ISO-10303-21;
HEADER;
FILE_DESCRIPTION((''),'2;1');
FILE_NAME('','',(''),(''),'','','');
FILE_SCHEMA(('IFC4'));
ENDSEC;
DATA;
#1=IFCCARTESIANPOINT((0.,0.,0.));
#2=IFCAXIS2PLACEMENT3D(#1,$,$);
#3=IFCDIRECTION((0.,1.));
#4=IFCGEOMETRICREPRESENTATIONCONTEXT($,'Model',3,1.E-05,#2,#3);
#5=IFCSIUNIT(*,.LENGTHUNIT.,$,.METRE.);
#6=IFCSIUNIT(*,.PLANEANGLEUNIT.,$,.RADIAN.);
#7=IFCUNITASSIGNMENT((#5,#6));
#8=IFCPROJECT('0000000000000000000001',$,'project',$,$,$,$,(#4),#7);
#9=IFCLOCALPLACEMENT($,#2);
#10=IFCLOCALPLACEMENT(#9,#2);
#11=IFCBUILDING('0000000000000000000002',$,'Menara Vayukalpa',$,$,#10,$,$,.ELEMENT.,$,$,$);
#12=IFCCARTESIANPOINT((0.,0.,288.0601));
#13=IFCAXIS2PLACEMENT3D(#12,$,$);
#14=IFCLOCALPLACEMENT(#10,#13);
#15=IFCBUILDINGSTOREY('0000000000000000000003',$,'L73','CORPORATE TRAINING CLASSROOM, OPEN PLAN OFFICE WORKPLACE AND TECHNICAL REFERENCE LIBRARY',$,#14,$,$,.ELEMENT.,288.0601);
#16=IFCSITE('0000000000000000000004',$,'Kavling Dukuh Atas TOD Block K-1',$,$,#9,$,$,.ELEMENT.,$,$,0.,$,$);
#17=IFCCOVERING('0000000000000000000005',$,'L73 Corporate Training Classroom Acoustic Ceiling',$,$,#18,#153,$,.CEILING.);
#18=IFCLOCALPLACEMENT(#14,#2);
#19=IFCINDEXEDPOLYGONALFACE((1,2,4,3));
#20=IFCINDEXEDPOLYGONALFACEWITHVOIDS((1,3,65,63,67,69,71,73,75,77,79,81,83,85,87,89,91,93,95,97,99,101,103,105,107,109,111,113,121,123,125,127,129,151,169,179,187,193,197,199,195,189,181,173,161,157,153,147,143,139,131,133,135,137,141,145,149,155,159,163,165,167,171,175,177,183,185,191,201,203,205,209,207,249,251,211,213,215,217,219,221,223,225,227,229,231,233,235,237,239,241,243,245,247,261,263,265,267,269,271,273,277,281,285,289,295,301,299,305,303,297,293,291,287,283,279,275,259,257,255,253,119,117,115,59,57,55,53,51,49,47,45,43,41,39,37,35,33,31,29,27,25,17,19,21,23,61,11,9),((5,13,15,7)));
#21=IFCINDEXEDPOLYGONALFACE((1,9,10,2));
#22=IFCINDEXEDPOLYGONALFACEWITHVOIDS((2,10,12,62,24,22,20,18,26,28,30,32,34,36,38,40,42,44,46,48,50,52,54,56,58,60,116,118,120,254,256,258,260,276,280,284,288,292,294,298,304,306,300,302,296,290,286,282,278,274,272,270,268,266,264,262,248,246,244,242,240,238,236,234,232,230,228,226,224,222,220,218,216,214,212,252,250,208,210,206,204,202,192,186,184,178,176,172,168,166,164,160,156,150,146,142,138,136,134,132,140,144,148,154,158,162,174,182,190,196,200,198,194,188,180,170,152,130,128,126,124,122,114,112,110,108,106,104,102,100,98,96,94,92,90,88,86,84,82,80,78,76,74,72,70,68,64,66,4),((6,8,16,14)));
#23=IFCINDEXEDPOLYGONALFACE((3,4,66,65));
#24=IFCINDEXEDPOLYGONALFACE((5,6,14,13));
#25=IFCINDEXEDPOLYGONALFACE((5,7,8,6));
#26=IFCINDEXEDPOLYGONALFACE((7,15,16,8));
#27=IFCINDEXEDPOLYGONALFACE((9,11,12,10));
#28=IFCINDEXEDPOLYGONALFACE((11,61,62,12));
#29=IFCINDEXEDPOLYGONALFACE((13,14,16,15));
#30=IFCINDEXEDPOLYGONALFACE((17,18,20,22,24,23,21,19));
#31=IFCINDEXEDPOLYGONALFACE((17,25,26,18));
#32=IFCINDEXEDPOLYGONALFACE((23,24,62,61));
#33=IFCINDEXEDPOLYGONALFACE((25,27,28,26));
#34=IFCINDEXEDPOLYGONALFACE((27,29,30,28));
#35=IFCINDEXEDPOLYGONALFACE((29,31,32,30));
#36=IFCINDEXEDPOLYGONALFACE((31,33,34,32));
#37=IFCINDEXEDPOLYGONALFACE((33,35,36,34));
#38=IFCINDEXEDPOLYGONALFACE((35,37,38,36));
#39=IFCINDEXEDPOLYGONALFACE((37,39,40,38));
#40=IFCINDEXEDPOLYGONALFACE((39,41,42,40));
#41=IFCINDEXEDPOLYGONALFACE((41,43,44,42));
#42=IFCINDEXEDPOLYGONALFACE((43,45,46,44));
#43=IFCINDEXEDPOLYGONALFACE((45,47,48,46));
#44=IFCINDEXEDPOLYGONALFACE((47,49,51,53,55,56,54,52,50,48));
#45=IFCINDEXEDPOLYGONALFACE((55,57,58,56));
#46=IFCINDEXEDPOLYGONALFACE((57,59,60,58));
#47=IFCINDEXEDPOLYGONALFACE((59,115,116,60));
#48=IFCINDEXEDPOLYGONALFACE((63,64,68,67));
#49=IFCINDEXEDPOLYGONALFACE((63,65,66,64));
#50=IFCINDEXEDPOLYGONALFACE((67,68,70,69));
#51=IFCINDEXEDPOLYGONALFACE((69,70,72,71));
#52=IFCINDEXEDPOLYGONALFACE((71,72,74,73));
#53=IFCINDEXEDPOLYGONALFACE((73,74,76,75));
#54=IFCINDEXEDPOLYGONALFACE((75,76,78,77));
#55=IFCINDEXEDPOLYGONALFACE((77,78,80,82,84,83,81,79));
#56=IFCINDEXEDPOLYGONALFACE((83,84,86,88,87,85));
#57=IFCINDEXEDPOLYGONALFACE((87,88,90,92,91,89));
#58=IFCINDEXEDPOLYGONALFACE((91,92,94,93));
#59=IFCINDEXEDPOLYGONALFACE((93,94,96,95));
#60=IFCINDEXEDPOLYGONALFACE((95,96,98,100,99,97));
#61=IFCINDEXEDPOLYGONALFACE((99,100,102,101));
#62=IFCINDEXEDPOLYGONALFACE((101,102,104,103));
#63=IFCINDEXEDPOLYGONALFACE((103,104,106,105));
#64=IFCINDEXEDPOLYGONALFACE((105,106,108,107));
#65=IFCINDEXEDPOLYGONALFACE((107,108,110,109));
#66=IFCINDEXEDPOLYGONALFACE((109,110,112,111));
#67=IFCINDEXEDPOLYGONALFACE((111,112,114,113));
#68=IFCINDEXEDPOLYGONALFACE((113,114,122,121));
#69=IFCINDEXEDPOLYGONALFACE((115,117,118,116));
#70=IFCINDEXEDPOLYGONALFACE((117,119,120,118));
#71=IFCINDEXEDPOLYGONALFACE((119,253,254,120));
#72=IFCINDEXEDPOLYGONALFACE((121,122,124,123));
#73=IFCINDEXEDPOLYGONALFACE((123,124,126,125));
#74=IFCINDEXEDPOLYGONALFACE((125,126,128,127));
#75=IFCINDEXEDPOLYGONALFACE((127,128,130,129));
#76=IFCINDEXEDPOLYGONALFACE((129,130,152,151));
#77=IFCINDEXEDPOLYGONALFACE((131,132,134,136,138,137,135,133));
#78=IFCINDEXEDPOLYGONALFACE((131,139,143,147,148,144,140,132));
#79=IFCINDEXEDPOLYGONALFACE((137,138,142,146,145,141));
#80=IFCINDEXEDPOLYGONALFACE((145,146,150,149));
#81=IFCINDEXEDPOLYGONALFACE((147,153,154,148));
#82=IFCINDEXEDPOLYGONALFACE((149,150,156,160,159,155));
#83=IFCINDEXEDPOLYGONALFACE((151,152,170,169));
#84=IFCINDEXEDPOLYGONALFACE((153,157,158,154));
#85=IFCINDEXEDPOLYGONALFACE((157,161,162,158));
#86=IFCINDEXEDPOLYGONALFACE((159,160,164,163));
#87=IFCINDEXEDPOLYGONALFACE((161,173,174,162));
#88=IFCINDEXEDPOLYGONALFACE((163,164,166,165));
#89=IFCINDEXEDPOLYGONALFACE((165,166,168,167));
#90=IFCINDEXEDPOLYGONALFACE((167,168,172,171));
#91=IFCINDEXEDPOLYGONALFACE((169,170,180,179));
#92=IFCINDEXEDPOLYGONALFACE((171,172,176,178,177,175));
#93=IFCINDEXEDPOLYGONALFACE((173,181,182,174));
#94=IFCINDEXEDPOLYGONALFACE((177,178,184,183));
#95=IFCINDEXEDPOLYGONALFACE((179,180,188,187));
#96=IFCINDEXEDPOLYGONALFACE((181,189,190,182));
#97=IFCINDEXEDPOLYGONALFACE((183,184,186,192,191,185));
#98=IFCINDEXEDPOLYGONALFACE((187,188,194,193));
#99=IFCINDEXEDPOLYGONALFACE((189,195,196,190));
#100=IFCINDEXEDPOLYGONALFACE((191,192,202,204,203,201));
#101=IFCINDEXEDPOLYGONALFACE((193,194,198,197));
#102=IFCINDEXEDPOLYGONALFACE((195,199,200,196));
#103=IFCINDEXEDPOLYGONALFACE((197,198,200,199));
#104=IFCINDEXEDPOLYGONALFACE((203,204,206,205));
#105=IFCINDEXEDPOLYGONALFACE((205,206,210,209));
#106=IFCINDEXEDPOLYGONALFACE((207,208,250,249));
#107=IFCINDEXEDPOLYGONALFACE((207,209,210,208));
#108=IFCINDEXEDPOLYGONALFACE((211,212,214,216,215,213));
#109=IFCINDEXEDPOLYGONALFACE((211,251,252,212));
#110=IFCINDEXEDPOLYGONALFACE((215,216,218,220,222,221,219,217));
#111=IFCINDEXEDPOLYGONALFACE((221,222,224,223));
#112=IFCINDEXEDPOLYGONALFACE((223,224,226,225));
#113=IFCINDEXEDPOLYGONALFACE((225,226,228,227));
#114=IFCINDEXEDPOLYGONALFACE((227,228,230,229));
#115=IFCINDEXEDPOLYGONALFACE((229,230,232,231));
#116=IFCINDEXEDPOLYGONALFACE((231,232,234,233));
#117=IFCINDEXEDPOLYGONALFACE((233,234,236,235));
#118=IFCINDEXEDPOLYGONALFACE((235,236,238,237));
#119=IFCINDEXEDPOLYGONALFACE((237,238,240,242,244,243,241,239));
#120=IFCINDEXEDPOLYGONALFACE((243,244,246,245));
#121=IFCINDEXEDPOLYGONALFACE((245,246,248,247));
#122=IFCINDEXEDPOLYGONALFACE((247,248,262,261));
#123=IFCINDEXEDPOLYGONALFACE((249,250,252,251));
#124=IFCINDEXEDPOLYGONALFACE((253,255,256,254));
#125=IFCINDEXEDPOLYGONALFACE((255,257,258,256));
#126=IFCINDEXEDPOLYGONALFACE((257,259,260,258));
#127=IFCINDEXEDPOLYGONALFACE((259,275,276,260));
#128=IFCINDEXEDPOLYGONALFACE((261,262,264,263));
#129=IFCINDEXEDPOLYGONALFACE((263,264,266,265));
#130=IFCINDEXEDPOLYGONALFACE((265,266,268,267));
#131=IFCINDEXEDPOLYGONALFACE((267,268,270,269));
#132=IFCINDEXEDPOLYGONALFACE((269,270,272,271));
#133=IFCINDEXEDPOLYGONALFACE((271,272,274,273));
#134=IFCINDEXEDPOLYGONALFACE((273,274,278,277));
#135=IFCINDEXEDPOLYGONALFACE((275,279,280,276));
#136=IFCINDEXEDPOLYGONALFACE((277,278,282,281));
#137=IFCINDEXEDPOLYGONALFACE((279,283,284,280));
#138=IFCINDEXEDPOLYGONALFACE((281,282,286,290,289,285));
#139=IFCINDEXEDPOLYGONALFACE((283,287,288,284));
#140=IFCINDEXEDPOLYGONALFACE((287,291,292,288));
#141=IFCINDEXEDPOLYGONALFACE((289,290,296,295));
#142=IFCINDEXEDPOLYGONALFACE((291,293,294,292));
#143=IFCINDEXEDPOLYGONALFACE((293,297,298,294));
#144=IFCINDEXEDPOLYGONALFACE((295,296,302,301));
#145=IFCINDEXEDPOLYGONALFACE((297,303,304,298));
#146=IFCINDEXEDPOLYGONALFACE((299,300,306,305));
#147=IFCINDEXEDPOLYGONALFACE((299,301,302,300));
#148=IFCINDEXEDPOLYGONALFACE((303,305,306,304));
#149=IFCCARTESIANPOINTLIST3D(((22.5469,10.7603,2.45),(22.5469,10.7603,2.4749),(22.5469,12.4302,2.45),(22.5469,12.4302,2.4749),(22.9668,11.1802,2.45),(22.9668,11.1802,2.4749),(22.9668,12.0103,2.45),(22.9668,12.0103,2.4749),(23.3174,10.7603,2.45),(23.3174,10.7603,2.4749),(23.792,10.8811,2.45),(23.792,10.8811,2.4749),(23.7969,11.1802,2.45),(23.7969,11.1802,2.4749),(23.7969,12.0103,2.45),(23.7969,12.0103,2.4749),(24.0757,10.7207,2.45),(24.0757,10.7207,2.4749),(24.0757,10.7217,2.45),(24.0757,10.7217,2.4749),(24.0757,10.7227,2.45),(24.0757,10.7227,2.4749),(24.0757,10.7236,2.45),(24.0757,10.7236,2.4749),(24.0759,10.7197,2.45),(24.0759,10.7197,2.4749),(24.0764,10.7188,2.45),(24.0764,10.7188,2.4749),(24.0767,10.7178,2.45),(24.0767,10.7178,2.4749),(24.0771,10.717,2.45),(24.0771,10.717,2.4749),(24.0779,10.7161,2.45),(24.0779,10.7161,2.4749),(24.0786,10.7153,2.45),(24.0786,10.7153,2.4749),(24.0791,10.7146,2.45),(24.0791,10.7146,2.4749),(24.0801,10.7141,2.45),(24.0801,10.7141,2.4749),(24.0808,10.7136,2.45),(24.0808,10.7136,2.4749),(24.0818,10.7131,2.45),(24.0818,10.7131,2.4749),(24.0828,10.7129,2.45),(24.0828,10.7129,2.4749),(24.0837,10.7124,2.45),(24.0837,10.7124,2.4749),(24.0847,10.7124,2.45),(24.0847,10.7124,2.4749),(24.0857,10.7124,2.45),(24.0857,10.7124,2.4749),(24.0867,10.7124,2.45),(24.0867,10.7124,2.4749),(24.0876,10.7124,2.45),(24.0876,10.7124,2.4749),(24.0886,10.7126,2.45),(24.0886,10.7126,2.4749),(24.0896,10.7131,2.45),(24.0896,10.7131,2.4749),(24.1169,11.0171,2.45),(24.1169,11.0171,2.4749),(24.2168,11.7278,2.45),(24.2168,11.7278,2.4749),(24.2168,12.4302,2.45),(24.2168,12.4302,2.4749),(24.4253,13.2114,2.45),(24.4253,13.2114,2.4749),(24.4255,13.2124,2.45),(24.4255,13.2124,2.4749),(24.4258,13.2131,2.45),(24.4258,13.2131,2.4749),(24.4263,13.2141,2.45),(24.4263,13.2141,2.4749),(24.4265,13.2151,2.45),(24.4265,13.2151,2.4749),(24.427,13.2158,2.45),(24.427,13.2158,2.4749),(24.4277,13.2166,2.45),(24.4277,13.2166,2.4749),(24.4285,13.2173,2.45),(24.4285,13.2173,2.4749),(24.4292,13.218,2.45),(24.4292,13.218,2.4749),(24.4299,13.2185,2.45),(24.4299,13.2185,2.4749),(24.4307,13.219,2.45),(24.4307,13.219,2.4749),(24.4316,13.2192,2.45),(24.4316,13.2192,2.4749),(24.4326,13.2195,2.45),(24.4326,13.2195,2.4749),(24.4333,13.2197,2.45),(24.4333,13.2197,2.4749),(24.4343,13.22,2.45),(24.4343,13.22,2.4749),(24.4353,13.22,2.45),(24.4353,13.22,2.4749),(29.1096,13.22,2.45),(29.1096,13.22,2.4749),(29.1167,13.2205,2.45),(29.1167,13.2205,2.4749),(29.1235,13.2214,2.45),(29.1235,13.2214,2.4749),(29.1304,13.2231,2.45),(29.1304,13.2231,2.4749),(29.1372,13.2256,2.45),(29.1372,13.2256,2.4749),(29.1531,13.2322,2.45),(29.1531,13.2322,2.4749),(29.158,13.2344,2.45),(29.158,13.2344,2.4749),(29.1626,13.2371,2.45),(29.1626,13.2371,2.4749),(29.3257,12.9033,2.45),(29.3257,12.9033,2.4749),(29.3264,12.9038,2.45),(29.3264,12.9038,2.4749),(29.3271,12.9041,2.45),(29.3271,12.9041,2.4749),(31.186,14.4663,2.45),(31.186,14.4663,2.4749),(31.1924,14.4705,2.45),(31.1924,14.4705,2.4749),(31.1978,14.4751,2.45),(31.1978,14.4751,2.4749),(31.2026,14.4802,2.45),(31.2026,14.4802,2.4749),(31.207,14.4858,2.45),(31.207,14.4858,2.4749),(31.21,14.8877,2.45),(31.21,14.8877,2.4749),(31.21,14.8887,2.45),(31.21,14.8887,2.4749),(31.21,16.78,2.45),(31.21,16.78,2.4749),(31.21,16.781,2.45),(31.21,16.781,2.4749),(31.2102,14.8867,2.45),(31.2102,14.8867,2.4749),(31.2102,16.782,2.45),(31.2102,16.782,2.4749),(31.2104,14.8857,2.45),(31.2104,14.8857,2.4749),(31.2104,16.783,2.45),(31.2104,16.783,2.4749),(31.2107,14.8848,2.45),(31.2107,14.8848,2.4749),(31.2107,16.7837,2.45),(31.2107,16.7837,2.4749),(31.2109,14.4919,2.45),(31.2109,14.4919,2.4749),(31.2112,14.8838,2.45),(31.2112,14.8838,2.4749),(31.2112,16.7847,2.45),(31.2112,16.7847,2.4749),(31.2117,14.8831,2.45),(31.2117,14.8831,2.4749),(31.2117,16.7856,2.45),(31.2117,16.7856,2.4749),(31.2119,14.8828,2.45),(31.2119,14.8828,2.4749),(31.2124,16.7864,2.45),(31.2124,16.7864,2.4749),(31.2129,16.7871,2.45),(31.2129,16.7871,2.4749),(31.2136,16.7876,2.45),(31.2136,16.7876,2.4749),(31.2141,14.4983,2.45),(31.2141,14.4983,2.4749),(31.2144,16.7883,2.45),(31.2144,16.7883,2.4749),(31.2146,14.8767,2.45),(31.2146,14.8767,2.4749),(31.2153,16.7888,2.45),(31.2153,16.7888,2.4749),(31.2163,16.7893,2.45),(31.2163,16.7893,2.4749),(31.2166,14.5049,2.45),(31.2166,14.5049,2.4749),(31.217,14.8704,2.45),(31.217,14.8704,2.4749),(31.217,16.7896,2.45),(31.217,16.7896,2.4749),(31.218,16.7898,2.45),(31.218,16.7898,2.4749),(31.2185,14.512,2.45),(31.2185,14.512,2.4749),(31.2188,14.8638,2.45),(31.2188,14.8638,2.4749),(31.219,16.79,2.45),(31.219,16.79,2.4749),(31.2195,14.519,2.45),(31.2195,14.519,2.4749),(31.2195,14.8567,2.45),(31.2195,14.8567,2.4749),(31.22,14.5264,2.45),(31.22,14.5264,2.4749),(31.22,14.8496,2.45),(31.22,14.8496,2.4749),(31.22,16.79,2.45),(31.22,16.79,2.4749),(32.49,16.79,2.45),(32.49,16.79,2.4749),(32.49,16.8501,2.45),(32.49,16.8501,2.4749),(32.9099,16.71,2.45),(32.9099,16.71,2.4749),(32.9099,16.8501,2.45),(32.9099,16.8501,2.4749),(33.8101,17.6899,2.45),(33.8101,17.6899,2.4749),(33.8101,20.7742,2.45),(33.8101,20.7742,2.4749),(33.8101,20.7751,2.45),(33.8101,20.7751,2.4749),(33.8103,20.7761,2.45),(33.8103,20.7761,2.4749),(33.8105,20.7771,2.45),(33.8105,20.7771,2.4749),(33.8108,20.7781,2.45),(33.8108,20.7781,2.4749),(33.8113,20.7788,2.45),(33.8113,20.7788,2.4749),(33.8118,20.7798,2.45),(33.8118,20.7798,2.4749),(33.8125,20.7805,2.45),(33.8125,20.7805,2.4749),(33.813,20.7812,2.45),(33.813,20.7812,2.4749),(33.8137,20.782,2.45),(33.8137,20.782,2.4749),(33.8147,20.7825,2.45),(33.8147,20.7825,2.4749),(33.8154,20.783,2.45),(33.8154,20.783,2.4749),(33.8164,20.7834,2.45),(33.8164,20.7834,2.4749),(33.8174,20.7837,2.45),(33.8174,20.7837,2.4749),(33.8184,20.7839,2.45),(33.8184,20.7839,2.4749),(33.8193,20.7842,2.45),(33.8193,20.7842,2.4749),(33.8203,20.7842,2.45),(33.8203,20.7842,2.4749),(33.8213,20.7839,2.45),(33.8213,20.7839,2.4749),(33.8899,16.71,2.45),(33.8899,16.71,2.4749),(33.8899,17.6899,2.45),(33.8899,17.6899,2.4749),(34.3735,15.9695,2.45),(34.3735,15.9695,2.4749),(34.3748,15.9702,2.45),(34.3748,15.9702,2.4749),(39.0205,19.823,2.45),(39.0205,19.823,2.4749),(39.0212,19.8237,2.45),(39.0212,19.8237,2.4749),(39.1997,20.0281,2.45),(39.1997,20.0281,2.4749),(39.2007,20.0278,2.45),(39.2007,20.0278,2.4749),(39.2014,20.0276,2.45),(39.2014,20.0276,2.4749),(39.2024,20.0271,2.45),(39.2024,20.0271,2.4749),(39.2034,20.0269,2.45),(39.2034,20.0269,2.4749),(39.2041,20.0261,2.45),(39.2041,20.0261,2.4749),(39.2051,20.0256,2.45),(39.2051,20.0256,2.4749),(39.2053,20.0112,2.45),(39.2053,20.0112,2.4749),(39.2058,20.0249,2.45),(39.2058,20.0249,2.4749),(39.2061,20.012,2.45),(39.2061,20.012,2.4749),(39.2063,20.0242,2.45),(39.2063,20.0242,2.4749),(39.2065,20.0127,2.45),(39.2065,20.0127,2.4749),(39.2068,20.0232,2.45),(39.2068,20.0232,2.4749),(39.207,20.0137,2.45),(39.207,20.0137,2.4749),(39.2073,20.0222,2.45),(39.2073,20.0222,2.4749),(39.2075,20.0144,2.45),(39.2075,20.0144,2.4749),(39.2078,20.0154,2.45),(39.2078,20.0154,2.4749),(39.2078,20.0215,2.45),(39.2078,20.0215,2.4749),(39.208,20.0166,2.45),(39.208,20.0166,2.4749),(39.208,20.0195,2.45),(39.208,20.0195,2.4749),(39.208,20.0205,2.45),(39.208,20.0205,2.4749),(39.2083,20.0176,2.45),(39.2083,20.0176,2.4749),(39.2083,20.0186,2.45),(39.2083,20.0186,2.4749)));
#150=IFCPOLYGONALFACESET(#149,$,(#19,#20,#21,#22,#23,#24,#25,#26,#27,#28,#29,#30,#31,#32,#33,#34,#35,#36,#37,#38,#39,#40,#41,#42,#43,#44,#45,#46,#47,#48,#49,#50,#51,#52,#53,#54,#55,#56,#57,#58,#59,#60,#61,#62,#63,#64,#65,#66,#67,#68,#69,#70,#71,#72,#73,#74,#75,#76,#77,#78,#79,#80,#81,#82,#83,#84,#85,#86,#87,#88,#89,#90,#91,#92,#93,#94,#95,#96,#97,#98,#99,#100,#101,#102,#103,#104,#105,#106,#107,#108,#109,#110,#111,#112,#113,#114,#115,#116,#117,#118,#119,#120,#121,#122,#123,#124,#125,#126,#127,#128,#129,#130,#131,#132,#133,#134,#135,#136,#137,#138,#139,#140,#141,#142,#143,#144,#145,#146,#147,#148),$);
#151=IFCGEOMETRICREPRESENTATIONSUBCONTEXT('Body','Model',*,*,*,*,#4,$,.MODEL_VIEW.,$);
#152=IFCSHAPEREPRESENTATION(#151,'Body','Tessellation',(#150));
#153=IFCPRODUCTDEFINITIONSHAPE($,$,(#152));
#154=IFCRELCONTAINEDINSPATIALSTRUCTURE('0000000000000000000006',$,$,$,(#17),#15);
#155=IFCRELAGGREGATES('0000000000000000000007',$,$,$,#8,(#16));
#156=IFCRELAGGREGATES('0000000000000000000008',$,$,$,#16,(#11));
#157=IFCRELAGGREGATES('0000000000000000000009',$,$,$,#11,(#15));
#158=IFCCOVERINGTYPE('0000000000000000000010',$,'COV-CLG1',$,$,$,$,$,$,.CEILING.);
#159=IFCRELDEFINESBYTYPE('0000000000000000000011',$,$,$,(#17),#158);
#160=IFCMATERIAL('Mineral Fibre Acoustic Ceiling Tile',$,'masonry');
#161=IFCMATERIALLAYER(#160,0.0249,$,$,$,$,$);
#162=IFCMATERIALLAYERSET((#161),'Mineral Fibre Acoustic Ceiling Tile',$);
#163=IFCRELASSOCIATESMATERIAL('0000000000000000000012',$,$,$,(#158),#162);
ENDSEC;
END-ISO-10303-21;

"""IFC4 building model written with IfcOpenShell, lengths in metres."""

from ifc_helpers import new_model, si_unit, direction, frame, origin, place, context, subcontext, project, spatial, polyline, outline, extrude, material, layer, layer_set, type_object, element, save


model = new_model("IFC4")

# Units and contexts
model_context = context("Model", 3, precision=1e-05, world=origin(), true_north=direction((0.0, 1.0)))
body_context = subcontext(model_context, "Body", "Model", "MODEL_VIEW")
ifc_project = project(units=[si_unit("LENGTHUNIT", "METRE"), si_unit("PLANEANGLEUNIT", "RADIAN")], contexts=[model_context])

# Site, building, storey
site_placement = place(None, origin())
site = spatial("IfcSite", under=ifc_project, at=site_placement, Name="Kavling Dukuh Atas TOD Block K-1", CompositionType="ELEMENT", RefElevation=0.0)
building_placement = place(site_placement, origin())
building = spatial("IfcBuilding", under=site, at=building_placement, Name="Menara Vayukalpa", CompositionType="ELEMENT")
storey_placement = place(building_placement, frame((0.0, 0.0, 288.0601)))
storey = spatial("IfcBuildingStorey", under=building, at=storey_placement, Name="L73", Description="CORPORATE TRAINING CLASSROOM, OPEN PLAN OFFICE WORKPLACE AND TECHNICAL REFERENCE LIBRARY", CompositionType="ELEMENT", Elevation=288.0601)

# Covering
ifc_material_1 = material(Name="Mineral Fibre Acoustic Ceiling Tile", Category="masonry")
ifc_layer_1 = layer(ifc_material_1, 0.0249)
ifc_layer_set_1 = layer_set([ifc_layer_1], Name="Mineral Fibre Acoustic Ceiling Tile")
covering_type_1 = type_object("IfcCoveringType", Name="COV-CLG1", PredefinedType="CEILING", material=ifc_layer_set_1)
covering_1_placement = place(storey_placement, frame((0.0, 0.0, 2.45)))
element("IfcCovering", 1, at=covering_1_placement, inside=storey, type_object=covering_type_1, Name="L73 Corporate Training Classroom Acoustic Ceiling", PredefinedType="CEILING", context=body_context, shape_type="SweptSolid", body=[
    extrude(outline(polyline([(24.2168, 12.4302), (24.2168, 11.7278), (24.4253, 13.2114), (24.4255, 13.2124), (24.4258, 13.2131), (24.4263, 13.2141), (24.4265, 13.2151), (24.427, 13.2158), (24.4277, 13.2166), (24.4285, 13.2173), (24.4292, 13.218), (24.4299, 13.2185), (24.4307, 13.219), (24.4316, 13.2192), (24.4326, 13.2195), (24.4333, 13.2197), (24.4343, 13.22), (24.4353, 13.22), (29.1096, 13.22), (29.1167, 13.2205), (29.1235, 13.2214), (29.1304, 13.2231), (29.1372, 13.2256), (29.1531, 13.2322), (29.158, 13.2344), (29.1626, 13.2371), (31.186, 14.4663), (31.1924, 14.4705), (31.1978, 14.4751), (31.2026, 14.4802), (31.207, 14.4858), (31.2109, 14.4919), (31.2141, 14.4983), (31.2166, 14.5049), (31.2185, 14.512), (31.2195, 14.519), (31.22, 14.5264), (31.22, 14.8496), (31.2195, 14.8567), (31.2188, 14.8638), (31.217, 14.8704), (31.2146, 14.8767), (31.2119, 14.8828), (31.2117, 14.8831), (31.2112, 14.8838), (31.2107, 14.8848), (31.2104, 14.8857), (31.2102, 14.8867), (31.21, 14.8877), (31.21, 14.8887), (31.21, 16.78), (31.21, 16.781), (31.2102, 16.782), (31.2104, 16.783), (31.2107, 16.7837), (31.2112, 16.7847), (31.2117, 16.7856), (31.2124, 16.7864), (31.2129, 16.7871), (31.2136, 16.7876), (31.2144, 16.7883), (31.2153, 16.7888), (31.2163, 16.7893), (31.217, 16.7896), (31.218, 16.7898), (31.219, 16.79), (31.22, 16.79), (32.49, 16.79), (32.49, 16.8501), (32.9099, 16.8501), (32.9099, 16.71), (33.8899, 16.71), (33.8899, 17.6899), (33.8101, 17.6899), (33.8101, 20.7742), (33.8101, 20.7751), (33.8103, 20.7761), (33.8105, 20.7771), (33.8108, 20.7781), (33.8113, 20.7788), (33.8118, 20.7798), (33.8125, 20.7805), (33.813, 20.7812), (33.8137, 20.782), (33.8147, 20.7825), (33.8154, 20.783), (33.8164, 20.7834), (33.8174, 20.7837), (33.8184, 20.7839), (33.8193, 20.7842), (33.8203, 20.7842), (33.8213, 20.7839), (39.1997, 20.0281), (39.2007, 20.0278), (39.2014, 20.0276), (39.2024, 20.0271), (39.2034, 20.0269), (39.2041, 20.0261), (39.2051, 20.0256), (39.2058, 20.0249), (39.2063, 20.0242), (39.2068, 20.0232), (39.2073, 20.0222), (39.2078, 20.0215), (39.208, 20.0205), (39.208, 20.0195), (39.2083, 20.0186), (39.2083, 20.0176), (39.208, 20.0166), (39.2078, 20.0154), (39.2075, 20.0144), (39.207, 20.0137), (39.2065, 20.0127), (39.2061, 20.012), (39.2053, 20.0112), (39.0212, 19.8237), (39.0205, 19.823), (34.3748, 15.9702), (34.3735, 15.9695), (29.3271, 12.9041), (29.3264, 12.9038), (29.3257, 12.9033), (24.0896, 10.7131), (24.0886, 10.7126), (24.0876, 10.7124), (24.0867, 10.7124), (24.0857, 10.7124), (24.0847, 10.7124), (24.0837, 10.7124), (24.0828, 10.7129), (24.0818, 10.7131), (24.0808, 10.7136), (24.0801, 10.7141), (24.0791, 10.7146), (24.0786, 10.7153), (24.0779, 10.7161), (24.0771, 10.717), (24.0767, 10.7178), (24.0764, 10.7188), (24.0759, 10.7197), (24.0757, 10.7207), (24.0757, 10.7217), (24.0757, 10.7227), (24.0757, 10.7236), (24.1169, 11.0171), (23.792, 10.8811), (23.3174, 10.7603), (22.5469, 10.7603), (22.5469, 12.4302), (24.2168, 12.4302)]), holes=[polyline([(23.7969, 12.0103), (22.9668, 12.0103), (22.9668, 11.1802), (23.7969, 11.1802), (23.7969, 12.0103)])]), origin(), (0.0, 0.0, 1.0), 0.0249),
])

save(model, "model.ifc")
